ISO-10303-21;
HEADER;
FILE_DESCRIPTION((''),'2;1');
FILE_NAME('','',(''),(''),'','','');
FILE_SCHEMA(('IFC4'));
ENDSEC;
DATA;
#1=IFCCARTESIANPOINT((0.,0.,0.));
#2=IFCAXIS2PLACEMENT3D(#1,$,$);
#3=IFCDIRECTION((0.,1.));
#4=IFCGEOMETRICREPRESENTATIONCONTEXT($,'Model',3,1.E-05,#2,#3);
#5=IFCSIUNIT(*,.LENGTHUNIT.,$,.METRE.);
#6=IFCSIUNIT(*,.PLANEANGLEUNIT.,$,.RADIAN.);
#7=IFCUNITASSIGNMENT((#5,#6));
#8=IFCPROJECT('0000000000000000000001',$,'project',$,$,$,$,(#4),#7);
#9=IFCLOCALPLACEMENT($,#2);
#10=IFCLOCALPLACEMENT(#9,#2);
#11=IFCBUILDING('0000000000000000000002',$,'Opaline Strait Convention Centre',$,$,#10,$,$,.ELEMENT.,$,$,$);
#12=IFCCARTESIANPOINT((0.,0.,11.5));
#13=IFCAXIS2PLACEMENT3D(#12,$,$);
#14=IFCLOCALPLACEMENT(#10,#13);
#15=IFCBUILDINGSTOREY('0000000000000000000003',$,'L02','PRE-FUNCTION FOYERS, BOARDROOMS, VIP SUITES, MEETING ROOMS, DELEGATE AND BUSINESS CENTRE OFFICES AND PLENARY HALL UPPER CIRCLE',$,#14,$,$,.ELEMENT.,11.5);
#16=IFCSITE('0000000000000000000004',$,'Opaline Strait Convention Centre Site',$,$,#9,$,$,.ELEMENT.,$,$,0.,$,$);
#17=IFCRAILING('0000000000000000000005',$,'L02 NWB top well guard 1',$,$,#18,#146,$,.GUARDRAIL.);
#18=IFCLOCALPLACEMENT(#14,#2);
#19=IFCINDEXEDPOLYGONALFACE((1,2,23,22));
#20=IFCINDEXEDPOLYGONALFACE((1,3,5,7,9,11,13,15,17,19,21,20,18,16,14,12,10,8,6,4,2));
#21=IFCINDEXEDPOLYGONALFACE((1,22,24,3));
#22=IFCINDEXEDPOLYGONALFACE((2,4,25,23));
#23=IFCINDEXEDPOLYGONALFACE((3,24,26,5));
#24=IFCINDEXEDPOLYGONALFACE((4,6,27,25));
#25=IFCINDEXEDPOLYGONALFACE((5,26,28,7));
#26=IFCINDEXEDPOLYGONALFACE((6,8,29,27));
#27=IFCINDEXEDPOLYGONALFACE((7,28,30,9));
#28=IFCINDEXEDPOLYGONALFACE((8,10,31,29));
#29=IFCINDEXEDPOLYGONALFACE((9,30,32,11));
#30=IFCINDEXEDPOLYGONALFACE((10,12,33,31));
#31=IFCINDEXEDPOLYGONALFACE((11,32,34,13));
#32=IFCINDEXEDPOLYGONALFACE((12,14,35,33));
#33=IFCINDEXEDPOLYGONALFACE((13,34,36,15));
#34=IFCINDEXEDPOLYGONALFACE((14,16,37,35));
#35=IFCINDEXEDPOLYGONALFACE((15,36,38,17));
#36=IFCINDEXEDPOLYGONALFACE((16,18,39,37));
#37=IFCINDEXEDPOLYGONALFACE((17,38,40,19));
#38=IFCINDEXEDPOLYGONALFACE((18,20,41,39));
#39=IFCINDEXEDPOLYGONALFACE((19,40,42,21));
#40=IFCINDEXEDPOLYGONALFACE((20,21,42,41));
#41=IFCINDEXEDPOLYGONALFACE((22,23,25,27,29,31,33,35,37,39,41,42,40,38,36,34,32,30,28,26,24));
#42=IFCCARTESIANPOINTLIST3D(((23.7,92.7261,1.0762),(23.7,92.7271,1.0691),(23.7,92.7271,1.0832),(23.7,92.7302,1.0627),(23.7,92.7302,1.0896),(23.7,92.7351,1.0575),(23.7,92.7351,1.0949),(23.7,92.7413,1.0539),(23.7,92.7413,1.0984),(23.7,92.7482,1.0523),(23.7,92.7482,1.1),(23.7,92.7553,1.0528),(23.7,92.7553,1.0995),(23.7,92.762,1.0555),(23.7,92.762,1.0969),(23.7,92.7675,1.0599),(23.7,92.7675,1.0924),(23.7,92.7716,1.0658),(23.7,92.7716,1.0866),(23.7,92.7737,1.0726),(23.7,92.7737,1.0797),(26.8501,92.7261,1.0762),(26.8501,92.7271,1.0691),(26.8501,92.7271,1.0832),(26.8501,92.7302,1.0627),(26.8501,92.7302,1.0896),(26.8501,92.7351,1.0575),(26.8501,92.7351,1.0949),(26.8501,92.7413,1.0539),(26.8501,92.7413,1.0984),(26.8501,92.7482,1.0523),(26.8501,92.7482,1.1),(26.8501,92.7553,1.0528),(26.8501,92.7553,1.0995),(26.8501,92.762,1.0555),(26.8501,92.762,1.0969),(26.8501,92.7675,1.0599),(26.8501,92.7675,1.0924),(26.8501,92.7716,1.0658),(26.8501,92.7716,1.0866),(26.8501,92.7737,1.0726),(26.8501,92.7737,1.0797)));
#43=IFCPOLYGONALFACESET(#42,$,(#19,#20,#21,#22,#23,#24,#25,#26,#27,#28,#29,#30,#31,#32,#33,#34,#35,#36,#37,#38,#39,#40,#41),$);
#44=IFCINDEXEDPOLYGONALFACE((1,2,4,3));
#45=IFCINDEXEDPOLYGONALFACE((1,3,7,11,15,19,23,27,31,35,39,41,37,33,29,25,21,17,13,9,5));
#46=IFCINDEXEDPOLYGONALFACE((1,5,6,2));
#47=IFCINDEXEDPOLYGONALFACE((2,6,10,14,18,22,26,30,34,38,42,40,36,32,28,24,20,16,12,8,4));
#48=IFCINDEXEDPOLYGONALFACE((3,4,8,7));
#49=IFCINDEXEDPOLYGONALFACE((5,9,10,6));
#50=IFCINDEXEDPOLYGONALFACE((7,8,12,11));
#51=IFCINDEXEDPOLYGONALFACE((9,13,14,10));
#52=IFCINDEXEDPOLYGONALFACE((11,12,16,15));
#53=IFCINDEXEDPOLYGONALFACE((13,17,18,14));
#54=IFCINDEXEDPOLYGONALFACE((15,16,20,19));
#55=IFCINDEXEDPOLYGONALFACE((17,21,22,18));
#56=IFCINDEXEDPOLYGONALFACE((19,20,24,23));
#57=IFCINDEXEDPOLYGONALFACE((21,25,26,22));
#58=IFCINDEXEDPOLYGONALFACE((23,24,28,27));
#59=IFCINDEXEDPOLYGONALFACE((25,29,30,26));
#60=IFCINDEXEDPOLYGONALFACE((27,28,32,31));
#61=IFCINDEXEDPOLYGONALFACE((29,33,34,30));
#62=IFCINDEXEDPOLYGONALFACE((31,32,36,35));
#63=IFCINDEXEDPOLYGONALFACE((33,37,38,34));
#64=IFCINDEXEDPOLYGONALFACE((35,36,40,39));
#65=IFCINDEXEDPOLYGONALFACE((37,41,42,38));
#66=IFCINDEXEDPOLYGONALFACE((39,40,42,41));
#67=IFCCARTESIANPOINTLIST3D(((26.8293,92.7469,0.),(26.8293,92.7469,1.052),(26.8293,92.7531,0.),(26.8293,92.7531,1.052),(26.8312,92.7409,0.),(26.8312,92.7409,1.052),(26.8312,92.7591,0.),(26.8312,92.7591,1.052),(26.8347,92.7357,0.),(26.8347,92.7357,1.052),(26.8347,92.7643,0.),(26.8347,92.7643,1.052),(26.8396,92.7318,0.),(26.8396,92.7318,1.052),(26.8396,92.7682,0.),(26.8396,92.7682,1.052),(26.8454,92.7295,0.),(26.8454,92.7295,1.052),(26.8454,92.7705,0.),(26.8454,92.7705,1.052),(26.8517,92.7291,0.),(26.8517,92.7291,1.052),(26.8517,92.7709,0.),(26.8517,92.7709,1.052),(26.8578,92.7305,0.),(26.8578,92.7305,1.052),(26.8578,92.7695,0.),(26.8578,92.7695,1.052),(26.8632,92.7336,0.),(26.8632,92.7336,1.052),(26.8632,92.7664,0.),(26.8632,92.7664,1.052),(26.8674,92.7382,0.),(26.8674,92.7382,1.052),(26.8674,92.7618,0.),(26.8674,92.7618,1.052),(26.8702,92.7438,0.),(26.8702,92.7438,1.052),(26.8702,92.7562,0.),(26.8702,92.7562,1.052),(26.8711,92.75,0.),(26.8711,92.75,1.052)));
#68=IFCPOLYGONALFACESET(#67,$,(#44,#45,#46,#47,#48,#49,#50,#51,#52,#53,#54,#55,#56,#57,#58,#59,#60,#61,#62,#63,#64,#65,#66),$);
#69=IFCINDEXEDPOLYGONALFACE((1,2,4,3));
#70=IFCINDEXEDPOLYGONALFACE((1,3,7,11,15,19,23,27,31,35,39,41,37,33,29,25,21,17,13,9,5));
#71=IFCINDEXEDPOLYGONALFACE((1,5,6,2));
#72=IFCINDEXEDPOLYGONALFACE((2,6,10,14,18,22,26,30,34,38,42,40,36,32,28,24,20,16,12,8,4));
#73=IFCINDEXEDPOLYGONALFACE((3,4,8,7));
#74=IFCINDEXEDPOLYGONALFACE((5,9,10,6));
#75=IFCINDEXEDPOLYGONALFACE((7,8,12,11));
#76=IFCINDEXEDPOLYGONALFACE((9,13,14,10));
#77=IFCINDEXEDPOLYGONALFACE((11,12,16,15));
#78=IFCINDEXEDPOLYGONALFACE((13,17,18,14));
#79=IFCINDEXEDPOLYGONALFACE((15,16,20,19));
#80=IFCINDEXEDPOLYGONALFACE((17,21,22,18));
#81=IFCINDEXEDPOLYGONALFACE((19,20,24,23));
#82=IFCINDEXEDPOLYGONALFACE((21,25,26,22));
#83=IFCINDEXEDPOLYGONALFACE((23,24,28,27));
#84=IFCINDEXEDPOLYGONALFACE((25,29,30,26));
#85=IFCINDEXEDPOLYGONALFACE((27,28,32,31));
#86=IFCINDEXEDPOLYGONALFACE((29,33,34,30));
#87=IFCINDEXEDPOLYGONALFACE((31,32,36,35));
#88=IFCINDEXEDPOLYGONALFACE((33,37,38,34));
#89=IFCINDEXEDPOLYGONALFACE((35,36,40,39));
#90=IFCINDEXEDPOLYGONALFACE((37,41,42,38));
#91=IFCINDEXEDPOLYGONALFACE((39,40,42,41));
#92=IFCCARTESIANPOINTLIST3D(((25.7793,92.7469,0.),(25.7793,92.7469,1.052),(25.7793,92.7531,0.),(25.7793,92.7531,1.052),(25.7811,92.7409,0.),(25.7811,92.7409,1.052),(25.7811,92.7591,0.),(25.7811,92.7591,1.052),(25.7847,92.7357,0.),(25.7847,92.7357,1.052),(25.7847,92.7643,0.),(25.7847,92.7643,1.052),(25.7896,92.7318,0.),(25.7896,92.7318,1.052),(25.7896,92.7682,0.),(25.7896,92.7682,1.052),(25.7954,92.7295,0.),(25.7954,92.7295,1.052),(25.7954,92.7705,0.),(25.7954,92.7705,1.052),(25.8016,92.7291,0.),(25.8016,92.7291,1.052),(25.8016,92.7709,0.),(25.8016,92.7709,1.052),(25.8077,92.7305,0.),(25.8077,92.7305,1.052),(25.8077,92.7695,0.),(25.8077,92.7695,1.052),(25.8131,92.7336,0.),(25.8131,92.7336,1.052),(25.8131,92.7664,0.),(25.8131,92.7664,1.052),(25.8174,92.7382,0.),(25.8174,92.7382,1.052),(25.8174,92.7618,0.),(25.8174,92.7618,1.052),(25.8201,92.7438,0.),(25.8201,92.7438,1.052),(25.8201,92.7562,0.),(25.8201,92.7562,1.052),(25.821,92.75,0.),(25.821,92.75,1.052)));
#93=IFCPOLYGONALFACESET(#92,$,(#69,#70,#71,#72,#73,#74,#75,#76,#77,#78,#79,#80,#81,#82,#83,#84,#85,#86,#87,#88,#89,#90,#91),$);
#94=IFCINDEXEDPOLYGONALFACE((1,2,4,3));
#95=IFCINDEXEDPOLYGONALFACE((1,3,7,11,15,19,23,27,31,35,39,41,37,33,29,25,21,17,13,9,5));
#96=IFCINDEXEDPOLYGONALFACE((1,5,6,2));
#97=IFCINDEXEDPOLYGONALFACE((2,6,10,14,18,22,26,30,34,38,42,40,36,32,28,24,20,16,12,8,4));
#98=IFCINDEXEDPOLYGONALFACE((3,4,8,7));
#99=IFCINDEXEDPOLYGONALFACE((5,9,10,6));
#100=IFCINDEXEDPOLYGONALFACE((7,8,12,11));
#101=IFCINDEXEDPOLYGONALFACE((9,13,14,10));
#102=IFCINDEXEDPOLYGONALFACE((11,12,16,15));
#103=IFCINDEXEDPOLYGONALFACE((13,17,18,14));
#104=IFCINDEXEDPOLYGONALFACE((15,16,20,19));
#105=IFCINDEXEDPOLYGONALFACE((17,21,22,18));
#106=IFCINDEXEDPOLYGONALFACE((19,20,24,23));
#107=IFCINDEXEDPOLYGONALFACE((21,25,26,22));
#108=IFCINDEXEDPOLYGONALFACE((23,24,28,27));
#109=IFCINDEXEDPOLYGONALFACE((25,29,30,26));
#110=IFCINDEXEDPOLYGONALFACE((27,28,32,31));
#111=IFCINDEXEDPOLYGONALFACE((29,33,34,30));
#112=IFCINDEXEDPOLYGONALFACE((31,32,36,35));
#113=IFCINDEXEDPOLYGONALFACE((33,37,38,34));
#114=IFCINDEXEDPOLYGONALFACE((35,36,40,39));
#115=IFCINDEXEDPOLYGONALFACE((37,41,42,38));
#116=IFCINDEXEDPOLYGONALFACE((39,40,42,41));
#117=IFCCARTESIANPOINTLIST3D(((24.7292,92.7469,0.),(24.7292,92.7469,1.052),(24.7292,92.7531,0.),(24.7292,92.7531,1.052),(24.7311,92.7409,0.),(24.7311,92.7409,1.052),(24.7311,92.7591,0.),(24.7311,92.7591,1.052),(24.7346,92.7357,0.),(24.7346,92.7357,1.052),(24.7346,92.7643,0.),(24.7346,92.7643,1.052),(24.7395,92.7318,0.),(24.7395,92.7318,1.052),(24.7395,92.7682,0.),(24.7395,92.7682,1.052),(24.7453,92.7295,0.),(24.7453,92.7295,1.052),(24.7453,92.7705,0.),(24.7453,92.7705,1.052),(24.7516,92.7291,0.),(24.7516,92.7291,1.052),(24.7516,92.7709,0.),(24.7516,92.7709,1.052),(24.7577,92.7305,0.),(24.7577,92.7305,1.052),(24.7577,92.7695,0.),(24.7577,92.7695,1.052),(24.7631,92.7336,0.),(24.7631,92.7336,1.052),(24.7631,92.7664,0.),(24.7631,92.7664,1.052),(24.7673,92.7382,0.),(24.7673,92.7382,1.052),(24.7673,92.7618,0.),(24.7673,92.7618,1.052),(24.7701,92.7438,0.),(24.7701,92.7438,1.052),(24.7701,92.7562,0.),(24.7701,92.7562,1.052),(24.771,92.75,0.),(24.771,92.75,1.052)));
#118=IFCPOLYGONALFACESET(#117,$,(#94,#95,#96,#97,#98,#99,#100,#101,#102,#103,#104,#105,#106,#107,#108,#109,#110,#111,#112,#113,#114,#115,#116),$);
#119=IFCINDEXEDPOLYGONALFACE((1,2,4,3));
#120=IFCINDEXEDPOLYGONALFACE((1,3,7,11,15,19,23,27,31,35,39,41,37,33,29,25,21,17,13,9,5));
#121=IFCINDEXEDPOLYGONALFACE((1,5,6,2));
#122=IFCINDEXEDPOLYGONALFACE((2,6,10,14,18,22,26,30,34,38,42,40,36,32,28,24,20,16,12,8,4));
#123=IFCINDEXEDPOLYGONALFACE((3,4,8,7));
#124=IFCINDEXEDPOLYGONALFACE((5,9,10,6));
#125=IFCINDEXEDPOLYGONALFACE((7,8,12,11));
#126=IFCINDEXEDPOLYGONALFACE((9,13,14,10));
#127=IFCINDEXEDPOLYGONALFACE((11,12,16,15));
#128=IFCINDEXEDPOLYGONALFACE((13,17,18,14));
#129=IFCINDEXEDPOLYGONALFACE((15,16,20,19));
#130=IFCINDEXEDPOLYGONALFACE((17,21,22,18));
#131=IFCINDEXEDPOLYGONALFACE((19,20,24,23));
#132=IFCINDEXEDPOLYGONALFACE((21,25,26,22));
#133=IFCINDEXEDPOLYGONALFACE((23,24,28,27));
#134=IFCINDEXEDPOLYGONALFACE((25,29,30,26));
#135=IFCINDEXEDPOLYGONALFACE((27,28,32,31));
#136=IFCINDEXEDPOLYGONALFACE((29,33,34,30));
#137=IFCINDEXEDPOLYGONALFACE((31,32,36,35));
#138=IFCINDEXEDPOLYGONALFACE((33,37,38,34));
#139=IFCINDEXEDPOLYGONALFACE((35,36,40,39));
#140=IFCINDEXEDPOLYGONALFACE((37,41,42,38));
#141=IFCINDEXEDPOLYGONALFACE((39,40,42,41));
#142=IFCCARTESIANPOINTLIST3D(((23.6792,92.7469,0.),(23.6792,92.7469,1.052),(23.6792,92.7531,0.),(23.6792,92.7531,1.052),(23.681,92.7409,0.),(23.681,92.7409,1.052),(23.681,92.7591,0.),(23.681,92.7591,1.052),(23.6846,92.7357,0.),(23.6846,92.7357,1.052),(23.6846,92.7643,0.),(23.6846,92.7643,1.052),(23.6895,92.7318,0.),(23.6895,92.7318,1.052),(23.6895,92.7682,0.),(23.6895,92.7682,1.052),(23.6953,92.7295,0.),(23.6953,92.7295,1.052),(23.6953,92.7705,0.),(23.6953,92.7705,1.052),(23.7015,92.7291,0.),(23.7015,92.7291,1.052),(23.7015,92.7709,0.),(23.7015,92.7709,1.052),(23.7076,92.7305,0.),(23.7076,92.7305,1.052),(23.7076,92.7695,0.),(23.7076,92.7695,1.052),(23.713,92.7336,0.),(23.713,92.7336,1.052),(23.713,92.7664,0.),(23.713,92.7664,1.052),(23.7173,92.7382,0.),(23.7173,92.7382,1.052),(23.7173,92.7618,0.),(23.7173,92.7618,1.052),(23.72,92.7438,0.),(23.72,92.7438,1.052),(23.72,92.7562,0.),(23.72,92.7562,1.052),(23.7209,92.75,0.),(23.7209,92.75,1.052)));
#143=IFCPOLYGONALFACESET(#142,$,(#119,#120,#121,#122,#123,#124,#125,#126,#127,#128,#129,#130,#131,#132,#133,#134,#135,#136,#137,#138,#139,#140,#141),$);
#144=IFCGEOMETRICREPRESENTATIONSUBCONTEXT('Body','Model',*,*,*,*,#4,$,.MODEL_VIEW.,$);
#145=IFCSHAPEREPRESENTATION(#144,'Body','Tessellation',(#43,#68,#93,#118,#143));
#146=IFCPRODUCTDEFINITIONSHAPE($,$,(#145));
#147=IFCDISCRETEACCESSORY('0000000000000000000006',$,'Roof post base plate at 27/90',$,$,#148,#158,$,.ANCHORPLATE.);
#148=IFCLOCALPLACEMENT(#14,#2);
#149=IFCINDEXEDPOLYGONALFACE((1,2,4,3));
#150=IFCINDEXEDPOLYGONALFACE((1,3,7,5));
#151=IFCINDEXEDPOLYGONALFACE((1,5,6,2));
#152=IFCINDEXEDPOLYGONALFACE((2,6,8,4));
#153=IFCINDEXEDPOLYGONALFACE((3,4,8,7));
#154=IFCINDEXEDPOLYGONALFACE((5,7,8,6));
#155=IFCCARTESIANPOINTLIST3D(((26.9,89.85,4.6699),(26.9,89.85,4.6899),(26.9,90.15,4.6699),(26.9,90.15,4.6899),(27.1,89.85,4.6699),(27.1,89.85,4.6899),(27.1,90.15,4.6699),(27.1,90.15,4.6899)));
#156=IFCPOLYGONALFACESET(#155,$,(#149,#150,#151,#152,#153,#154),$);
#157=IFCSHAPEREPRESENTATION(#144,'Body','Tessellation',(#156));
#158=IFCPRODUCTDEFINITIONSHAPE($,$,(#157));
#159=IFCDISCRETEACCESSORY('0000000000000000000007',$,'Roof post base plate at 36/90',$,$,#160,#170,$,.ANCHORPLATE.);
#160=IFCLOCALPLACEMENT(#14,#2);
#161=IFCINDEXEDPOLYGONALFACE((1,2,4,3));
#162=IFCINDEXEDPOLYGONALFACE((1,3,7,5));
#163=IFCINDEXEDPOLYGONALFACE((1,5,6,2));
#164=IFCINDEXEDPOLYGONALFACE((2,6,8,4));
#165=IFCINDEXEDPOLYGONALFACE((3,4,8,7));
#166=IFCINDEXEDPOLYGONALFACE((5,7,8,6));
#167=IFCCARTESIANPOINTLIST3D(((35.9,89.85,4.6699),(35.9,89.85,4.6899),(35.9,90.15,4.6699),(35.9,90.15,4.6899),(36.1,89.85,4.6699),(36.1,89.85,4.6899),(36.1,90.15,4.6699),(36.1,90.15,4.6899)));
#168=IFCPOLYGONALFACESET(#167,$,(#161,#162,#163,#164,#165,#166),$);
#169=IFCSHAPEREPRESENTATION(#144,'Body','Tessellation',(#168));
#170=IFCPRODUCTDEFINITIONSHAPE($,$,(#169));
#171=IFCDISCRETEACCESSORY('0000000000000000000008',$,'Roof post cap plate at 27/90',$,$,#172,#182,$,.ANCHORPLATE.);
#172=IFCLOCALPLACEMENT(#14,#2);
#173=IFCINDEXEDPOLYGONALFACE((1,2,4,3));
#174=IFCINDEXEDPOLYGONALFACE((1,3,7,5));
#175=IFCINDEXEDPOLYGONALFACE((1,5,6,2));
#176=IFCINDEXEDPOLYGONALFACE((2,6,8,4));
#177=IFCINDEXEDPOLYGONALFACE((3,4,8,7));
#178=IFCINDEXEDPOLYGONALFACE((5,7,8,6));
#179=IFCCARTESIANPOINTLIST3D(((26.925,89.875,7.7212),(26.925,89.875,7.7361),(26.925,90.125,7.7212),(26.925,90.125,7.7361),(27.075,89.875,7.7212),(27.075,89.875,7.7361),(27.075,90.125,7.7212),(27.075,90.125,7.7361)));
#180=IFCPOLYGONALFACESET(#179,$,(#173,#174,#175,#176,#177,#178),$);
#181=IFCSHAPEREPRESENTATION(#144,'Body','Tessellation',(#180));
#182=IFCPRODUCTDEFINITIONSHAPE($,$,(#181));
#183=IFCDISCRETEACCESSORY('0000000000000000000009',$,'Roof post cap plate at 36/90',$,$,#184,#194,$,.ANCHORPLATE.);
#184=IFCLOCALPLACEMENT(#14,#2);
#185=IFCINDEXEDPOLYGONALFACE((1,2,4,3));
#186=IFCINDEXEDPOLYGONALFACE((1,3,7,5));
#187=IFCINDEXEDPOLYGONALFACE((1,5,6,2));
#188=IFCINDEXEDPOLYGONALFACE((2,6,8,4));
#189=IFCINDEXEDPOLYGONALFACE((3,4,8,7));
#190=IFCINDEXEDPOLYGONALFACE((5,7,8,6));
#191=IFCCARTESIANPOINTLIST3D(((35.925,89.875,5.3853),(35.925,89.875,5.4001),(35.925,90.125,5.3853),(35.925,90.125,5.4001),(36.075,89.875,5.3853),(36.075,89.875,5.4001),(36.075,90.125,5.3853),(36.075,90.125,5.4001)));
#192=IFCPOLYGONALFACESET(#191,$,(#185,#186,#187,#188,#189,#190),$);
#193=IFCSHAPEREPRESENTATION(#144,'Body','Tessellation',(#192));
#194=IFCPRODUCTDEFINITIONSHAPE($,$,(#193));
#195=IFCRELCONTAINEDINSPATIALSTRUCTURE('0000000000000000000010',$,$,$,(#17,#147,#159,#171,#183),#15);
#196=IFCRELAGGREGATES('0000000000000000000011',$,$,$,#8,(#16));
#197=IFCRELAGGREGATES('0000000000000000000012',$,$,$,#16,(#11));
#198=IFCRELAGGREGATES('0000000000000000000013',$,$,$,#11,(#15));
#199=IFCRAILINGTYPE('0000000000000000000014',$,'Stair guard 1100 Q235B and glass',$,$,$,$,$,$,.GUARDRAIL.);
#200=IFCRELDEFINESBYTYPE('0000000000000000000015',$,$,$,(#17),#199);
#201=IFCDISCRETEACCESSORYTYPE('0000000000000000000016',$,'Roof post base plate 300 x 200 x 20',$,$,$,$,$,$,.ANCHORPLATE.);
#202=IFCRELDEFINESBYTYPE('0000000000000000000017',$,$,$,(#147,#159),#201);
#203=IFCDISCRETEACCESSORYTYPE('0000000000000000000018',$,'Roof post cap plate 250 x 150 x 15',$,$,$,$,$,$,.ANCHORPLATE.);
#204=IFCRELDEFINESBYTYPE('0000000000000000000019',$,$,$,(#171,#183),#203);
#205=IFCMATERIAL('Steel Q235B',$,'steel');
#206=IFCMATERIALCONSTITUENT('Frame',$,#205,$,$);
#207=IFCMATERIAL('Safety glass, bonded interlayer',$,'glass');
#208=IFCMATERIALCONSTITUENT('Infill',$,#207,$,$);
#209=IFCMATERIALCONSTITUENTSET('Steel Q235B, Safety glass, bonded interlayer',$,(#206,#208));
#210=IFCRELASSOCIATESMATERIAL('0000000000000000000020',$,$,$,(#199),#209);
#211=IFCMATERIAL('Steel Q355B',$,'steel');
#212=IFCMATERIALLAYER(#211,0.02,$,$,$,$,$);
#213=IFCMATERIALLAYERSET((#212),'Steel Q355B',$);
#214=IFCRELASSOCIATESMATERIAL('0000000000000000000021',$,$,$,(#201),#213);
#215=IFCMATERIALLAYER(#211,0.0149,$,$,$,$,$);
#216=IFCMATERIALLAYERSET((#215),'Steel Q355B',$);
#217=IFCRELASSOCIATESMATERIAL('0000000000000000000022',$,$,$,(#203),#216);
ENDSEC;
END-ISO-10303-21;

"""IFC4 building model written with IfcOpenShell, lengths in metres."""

from ifc_helpers import new_model, si_unit, direction, frame, origin, origin_2d, place, context, subcontext, project, spatial, rectangle, circle, extrude, material, layer, layer_set, constituent, constituent_set, type_object, element, save


model = new_model("IFC4")

# Units and contexts
model_context = context("Model", 3, precision=1e-05, world=origin(), true_north=direction((0.0, 1.0)))
body_context = subcontext(model_context, "Body", "Model", "MODEL_VIEW")
ifc_project = project(units=[si_unit("LENGTHUNIT", "METRE"), si_unit("PLANEANGLEUNIT", "RADIAN")], contexts=[model_context])

# Site, building, storey
site_placement = place(None, origin())
site = spatial("IfcSite", under=ifc_project, at=site_placement, Name="Opaline Strait Convention Centre Site", CompositionType="ELEMENT", RefElevation=0.0)
building_placement = place(site_placement, origin())
building = spatial("IfcBuilding", under=site, at=building_placement, Name="Opaline Strait Convention Centre", CompositionType="ELEMENT")
storey_placement = place(building_placement, frame((0.0, 0.0, 11.5)))
storey = spatial("IfcBuildingStorey", under=building, at=storey_placement, Name="L02", Description="PRE-FUNCTION FOYERS, BOARDROOMS, VIP SUITES, MEETING ROOMS, DELEGATE AND BUSINESS CENTRE OFFICES AND PLENARY HALL UPPER CIRCLE", CompositionType="ELEMENT", Elevation=11.5)

# Shared definitions
ifc_material_1 = material(Name="Steel Q355B", Category="steel")

# Railing
ifc_material_2 = material(Name="Steel Q235B", Category="steel")
ifc_constituent_1 = constituent(ifc_material_2, Name="Frame")
ifc_material_3 = material(Name="Safety glass, bonded interlayer", Category="glass")
ifc_constituent_2 = constituent(ifc_material_3, Name="Infill")
ifc_constituent_set = constituent_set(constituents=[ifc_constituent_1, ifc_constituent_2], Name="Steel Q235B, Safety glass, bonded interlayer")
railing_type = type_object("IfcRailingType", Name="Stair guard 1100 Q235B and glass", PredefinedType="GUARDRAIL", material=ifc_constituent_set)
railing_placement = place(storey_placement, frame((26.8501, 92.75, 0.0)))
element("IfcRailing", 1, at=railing_placement, inside=storey, type_object=railing_type, Name="L02 NWB top well guard 1", PredefinedType="GUARDRAIL", context=body_context, shape_type="SweptSolid", body=[
    extrude(circle(Radius=0.0239, at=origin_2d()), frame((0.0, 0.0, 1.0762), z_axis=(-1.0, 0.0, 0.0), x_axis=(0.0, -1.0, 0.0)), (0.0, 0.0, 1.0), 3.1501),
    extrude(circle(Radius=0.021, at=origin_2d()), origin(), (0.0, 0.0, 1.0), 1.052),
    extrude(circle(Radius=0.021, at=origin_2d()), frame((-1.05, 0.0, 0.0)), (0.0, 0.0, 1.0), 1.052),
    extrude(circle(Radius=0.021, at=origin_2d()), frame((-2.1001, 0.0, 0.0)), (0.0, 0.0, 1.0), 1.052),
    extrude(circle(Radius=0.021, at=origin_2d()), frame((-3.1501, 0.0, 0.0)), (0.0, 0.0, 1.0), 1.052),
])

# Discrete accessories
ifc_layer_1 = layer(ifc_material_1, 0.02)
ifc_layer_set_1 = layer_set([ifc_layer_1], Name="Steel Q355B")
discrete_accessory_type_1 = type_object("IfcDiscreteAccessoryType", Name="Roof post base plate 300 x 200 x 20", PredefinedType="ANCHORPLATE", material=ifc_layer_set_1)
for number, where, z_axis, x_axis, name in (
    (2, (27.0, 90.0, 4.6699), (0.0, 0.0, 1.0), (1.0, 0.0, 0.0), "Roof post base plate at 27/90"),
    (3, (36.0, 90.0, 4.6699), (0.0, 0.0, 1.0), (1.0, 0.0, 0.0), "Roof post base plate at 36/90"),
):
    element("IfcDiscreteAccessory", number, at=place(storey_placement, frame(where, z_axis=z_axis, x_axis=x_axis)), inside=storey, type_object=discrete_accessory_type_1, Name=name, PredefinedType="ANCHORPLATE", context=body_context, shape_type="SweptSolid", body=[
        extrude(rectangle(XDim=0.2, YDim=0.3, at=origin_2d()), origin(), (0.0, 0.0, 1.0), 0.02),
    ])
ifc_layer_2 = layer(ifc_material_1, 0.0149)
ifc_layer_set_2 = layer_set([ifc_layer_2], Name="Steel Q355B")
discrete_accessory_type_2 = type_object("IfcDiscreteAccessoryType", Name="Roof post cap plate 250 x 150 x 15", PredefinedType="ANCHORPLATE", material=ifc_layer_set_2)
for number, where, z_axis, x_axis, name in (
    (4, (27.0, 90.0, 7.7212), (0.0, 0.0, 1.0), (1.0, 0.0, 0.0), "Roof post cap plate at 27/90"),
    (5, (36.0, 90.0, 5.3853), (0.0, 0.0, 1.0), (1.0, 0.0, 0.0), "Roof post cap plate at 36/90"),
):
    element("IfcDiscreteAccessory", number, at=place(storey_placement, frame(where, z_axis=z_axis, x_axis=x_axis)), inside=storey, type_object=discrete_accessory_type_2, Name=name, PredefinedType="ANCHORPLATE", context=body_context, shape_type="SweptSolid", body=[
        extrude(rectangle(XDim=0.1499, YDim=0.25, at=origin_2d()), origin(), (0.0, 0.0, 1.0), 0.0149),
    ])

save(model, "model.ifc")
